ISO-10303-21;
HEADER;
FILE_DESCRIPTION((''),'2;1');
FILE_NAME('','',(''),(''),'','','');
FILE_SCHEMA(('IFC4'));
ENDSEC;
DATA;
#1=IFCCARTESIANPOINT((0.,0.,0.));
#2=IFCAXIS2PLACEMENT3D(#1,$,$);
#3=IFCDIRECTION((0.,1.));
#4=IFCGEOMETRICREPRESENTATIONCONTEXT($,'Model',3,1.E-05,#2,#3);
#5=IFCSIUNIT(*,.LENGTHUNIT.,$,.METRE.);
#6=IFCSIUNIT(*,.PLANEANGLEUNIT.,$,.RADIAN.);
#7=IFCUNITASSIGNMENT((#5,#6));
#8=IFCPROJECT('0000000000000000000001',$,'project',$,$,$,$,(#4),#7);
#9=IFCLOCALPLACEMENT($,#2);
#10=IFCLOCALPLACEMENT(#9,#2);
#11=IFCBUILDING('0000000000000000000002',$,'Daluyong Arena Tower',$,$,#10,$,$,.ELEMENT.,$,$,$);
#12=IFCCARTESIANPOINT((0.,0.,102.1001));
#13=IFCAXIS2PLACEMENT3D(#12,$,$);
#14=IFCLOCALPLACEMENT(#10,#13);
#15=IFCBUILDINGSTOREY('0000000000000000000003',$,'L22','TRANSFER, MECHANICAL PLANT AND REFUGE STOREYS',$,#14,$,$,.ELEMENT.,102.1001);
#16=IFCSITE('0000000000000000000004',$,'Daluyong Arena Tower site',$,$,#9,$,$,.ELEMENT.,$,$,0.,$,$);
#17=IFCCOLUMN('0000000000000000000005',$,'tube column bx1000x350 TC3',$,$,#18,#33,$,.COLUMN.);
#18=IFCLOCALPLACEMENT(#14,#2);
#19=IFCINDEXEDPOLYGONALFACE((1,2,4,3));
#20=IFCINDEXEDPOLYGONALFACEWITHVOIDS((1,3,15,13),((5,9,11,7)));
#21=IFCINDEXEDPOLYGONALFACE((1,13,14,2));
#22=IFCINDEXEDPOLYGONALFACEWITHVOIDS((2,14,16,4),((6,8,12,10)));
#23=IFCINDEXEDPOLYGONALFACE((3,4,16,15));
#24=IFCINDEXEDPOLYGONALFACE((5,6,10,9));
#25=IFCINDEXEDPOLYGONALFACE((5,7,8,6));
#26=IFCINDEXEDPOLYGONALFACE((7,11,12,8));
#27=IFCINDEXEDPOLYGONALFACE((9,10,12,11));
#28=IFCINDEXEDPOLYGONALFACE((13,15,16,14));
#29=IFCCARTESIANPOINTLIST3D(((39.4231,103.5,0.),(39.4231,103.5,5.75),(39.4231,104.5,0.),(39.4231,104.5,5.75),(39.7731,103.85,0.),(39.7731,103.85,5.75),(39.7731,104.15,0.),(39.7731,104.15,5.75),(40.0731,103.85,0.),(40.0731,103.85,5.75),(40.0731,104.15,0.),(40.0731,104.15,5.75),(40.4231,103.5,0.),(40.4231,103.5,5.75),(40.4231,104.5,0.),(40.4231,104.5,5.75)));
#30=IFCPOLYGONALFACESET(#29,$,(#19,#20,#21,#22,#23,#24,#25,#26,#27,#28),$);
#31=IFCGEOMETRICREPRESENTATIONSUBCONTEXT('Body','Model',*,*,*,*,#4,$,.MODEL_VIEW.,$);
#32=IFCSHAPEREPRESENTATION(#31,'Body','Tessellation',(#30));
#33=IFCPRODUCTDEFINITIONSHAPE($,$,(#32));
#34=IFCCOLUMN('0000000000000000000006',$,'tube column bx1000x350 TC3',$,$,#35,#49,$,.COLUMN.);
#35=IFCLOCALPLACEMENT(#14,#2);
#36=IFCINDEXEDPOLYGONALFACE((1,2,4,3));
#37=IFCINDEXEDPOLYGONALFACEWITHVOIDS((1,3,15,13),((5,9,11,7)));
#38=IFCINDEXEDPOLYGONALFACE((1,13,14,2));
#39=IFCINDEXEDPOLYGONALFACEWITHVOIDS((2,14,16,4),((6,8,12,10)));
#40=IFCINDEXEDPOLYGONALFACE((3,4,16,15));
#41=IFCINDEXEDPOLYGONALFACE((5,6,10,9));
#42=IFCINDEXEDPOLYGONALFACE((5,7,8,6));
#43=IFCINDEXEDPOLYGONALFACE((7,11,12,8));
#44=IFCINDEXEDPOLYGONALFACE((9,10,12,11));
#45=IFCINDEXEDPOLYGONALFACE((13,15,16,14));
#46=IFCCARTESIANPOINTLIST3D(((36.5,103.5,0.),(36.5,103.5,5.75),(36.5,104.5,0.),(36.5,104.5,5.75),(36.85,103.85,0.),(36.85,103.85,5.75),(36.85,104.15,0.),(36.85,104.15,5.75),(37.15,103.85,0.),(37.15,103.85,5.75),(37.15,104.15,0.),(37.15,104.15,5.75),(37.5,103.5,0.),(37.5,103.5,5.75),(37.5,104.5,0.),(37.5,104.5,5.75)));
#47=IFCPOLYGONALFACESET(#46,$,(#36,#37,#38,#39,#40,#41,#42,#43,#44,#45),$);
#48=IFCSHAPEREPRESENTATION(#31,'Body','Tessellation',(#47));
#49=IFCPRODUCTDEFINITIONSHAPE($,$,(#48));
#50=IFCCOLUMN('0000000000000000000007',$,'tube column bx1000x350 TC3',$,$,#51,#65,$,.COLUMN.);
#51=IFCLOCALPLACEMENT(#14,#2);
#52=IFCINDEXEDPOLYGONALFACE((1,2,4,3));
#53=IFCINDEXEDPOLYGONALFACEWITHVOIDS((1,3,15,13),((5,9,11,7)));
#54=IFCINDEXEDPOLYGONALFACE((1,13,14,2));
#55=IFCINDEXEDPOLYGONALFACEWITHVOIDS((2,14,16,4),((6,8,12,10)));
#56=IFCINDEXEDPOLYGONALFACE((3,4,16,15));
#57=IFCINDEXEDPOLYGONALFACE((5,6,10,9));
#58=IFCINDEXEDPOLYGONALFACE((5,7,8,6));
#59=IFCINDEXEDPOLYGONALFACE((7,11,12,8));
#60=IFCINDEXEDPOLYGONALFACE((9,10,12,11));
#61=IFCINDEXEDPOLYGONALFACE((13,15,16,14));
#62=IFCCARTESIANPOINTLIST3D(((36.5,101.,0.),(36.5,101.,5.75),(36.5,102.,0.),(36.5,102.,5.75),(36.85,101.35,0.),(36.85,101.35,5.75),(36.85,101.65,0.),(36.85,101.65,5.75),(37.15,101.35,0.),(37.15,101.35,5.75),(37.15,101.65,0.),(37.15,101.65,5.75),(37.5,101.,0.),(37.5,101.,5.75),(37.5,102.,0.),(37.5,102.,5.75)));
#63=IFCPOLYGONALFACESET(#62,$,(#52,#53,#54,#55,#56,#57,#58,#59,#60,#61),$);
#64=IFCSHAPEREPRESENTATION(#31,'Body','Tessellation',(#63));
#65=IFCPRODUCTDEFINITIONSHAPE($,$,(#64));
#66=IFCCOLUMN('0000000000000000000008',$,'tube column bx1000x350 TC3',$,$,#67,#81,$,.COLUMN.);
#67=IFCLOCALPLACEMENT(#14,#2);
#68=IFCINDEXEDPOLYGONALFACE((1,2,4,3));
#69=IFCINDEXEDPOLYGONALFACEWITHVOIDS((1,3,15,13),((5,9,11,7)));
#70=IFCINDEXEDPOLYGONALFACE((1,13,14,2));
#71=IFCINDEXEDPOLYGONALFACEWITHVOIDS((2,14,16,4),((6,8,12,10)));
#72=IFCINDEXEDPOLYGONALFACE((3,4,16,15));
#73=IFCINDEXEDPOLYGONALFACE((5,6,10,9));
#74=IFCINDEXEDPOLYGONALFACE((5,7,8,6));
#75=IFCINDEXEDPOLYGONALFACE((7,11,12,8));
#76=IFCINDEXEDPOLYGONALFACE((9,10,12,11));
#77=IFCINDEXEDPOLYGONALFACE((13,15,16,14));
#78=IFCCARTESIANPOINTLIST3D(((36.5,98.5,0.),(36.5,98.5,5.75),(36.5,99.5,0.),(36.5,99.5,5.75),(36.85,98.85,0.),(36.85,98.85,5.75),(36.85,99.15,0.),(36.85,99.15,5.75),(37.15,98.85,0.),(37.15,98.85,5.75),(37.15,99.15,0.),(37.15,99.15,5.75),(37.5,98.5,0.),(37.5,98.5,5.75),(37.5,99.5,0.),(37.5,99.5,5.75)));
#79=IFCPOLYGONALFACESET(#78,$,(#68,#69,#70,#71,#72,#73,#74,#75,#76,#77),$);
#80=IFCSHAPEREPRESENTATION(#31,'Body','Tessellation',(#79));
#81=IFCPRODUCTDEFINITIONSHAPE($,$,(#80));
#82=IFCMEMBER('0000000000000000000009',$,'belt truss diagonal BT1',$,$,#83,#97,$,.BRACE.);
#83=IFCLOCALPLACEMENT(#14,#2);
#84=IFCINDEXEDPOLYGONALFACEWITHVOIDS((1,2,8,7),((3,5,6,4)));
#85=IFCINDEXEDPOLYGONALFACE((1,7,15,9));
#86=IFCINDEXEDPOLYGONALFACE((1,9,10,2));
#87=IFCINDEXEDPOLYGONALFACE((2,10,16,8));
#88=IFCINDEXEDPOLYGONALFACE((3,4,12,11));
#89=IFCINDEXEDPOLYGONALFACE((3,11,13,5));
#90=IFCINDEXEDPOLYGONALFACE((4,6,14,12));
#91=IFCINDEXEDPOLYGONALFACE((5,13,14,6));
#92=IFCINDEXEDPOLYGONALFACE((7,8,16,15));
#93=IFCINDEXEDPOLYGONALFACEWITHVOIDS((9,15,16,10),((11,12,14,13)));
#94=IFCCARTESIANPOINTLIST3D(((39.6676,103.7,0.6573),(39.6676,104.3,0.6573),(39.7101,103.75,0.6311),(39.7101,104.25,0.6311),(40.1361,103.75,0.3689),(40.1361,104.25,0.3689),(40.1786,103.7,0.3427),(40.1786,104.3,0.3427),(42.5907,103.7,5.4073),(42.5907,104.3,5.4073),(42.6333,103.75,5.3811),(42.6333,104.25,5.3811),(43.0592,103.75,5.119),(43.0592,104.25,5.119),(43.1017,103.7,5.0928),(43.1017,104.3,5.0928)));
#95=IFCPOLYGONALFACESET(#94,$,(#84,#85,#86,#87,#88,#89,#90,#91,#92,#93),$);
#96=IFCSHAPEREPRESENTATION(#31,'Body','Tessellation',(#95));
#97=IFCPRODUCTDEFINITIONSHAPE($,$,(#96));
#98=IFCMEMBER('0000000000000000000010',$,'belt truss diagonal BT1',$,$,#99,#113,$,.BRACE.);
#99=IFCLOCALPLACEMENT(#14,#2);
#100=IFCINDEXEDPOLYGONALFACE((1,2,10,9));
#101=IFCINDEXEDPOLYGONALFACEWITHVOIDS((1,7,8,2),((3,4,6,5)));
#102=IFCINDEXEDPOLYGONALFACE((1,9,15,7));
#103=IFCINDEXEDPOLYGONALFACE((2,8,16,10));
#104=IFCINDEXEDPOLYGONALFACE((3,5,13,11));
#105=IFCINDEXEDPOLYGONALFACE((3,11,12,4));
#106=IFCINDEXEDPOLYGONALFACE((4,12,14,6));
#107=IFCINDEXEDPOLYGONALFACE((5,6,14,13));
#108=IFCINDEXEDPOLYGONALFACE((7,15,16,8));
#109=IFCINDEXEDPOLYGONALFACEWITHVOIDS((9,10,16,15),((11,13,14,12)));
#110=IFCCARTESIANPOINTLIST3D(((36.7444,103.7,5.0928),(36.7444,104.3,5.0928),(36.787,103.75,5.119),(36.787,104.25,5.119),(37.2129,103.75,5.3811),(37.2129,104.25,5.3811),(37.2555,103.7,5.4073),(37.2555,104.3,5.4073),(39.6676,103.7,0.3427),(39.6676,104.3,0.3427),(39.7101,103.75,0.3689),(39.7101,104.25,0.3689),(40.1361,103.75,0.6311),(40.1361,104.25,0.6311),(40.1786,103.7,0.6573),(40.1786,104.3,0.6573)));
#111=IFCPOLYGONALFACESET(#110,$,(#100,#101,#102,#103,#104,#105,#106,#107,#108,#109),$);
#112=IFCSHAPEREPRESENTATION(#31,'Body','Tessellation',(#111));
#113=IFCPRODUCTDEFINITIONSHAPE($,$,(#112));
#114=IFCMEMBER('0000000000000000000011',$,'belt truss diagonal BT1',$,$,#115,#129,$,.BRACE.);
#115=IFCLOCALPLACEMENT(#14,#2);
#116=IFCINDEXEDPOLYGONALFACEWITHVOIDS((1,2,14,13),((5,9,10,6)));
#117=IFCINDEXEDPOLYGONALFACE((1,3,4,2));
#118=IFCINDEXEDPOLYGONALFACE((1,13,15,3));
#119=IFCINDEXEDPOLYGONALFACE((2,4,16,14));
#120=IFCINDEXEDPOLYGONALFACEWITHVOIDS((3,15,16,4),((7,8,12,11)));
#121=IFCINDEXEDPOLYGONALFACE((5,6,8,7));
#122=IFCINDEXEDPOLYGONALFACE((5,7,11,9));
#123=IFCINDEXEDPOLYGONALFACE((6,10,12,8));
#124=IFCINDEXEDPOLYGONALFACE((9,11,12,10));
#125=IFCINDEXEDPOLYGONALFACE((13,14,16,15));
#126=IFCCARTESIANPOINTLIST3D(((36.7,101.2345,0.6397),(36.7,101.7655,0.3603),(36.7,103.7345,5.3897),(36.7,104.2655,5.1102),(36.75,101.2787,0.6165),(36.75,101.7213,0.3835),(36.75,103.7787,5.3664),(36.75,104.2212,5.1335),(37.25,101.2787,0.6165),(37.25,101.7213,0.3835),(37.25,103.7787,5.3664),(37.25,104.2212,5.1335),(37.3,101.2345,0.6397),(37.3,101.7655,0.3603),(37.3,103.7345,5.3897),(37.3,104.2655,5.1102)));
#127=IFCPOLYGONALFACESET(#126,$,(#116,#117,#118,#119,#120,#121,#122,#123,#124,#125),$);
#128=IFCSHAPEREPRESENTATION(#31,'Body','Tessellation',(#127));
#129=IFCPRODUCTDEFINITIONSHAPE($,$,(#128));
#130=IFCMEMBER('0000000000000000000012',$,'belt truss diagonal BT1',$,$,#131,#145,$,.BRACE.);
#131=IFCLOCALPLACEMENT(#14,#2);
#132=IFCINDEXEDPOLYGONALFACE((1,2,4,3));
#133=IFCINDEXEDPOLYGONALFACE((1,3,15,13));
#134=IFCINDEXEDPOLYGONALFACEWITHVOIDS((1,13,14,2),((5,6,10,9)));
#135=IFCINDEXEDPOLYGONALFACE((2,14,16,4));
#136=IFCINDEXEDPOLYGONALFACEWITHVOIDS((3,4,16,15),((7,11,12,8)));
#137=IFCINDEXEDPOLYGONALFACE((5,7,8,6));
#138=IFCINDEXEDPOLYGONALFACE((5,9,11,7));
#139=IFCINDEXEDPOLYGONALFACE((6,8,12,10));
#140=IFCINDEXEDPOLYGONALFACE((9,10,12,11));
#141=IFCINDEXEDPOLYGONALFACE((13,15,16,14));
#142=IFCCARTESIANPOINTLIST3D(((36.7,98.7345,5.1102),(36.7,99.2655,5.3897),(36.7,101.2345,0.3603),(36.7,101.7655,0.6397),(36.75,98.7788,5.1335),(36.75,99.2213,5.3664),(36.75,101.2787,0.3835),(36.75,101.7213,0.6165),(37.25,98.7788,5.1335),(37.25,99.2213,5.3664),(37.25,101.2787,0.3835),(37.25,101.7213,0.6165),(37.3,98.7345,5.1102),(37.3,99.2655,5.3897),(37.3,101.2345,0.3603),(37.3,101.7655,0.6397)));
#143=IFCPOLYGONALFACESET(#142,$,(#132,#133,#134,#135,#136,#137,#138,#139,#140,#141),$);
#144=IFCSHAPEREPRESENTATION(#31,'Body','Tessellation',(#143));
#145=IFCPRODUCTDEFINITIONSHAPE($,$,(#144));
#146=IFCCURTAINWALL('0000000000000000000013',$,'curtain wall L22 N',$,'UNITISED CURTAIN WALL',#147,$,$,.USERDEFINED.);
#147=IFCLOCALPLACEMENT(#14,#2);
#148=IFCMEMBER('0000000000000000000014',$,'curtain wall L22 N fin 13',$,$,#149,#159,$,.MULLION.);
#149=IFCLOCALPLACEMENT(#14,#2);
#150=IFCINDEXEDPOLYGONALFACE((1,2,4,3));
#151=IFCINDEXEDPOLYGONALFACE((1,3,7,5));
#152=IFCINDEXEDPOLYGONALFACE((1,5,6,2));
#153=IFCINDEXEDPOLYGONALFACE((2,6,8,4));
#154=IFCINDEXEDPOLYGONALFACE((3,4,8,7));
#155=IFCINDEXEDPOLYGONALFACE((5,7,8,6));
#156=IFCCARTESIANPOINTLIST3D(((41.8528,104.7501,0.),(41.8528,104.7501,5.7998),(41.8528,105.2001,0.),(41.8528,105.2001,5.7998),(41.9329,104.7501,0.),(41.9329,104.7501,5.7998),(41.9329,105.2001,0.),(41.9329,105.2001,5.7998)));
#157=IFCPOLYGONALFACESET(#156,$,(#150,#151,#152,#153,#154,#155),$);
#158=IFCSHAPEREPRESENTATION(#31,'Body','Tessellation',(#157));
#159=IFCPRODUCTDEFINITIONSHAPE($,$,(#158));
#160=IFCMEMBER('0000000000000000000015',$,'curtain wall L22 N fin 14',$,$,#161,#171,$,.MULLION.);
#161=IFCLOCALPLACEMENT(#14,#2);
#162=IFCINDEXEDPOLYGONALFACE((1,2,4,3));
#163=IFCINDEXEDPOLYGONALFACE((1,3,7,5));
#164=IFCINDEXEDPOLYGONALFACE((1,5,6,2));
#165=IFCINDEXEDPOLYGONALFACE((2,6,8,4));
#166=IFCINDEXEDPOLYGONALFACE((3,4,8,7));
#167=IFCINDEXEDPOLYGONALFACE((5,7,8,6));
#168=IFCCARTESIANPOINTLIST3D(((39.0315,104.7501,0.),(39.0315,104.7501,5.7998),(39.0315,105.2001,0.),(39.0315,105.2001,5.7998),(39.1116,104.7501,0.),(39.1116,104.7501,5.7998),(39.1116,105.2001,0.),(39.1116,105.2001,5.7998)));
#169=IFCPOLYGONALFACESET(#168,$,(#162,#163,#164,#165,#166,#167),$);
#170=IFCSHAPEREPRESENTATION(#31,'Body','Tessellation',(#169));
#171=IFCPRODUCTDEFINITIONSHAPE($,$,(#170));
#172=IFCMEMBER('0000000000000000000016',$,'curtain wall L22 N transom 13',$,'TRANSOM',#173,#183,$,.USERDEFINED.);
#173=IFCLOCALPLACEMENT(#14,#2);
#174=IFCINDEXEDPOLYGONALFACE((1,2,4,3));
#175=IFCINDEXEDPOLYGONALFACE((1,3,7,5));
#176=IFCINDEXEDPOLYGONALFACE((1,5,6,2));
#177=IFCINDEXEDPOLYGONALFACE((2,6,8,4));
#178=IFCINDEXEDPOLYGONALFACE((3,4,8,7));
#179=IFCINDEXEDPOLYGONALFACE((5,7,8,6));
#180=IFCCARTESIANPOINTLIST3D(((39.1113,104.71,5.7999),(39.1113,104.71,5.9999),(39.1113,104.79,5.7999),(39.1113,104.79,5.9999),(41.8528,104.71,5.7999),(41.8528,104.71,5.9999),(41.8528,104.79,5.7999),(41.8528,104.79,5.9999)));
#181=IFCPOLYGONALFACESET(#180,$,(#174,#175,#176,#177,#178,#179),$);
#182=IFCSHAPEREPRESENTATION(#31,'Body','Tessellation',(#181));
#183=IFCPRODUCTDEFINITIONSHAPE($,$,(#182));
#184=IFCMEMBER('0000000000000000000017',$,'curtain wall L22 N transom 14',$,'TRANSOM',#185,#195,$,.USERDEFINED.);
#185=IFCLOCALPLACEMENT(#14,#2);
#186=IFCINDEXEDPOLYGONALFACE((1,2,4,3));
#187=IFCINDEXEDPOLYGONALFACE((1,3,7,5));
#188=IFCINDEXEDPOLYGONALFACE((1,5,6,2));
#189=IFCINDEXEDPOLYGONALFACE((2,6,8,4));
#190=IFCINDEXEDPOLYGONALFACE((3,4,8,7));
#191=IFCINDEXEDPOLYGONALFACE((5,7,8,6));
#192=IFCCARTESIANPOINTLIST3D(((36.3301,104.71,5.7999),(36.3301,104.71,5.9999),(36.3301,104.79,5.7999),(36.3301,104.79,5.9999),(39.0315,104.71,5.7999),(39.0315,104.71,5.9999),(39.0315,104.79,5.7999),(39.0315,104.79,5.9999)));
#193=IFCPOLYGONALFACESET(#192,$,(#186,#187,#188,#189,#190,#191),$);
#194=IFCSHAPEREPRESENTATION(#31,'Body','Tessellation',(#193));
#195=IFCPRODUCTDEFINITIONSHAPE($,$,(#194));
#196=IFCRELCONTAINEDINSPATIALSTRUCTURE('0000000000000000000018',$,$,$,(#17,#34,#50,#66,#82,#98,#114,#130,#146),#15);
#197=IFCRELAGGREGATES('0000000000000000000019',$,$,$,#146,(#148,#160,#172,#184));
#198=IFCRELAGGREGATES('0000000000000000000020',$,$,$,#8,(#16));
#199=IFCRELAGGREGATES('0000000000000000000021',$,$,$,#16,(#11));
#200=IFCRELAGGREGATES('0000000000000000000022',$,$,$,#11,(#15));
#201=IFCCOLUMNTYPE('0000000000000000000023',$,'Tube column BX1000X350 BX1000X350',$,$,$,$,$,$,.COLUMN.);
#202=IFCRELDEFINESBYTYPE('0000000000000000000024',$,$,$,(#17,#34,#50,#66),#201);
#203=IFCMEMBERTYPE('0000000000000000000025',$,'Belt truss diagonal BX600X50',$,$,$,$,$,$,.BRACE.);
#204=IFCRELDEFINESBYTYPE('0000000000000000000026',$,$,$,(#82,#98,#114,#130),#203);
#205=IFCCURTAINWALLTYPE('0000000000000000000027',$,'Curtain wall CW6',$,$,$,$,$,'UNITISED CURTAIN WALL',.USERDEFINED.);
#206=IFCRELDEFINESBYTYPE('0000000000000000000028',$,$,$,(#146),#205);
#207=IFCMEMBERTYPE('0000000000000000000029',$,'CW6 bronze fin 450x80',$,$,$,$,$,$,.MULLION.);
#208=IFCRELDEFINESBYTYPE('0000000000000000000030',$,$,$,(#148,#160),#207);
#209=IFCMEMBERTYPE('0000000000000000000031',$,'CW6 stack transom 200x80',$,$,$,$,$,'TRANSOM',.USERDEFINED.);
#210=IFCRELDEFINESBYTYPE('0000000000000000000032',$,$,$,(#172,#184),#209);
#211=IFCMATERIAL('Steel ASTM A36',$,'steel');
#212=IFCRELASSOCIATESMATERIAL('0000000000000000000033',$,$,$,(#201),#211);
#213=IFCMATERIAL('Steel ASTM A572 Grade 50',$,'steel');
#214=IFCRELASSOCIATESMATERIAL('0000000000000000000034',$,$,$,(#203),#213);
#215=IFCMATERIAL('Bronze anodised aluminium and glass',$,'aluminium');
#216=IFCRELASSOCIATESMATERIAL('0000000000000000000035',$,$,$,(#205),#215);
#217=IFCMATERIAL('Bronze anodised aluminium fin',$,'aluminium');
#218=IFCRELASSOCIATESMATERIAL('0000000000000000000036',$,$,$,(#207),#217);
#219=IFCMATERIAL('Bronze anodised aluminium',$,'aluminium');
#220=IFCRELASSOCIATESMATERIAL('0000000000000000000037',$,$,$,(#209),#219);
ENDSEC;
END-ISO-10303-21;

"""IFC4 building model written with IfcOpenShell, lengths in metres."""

from ifc_helpers import new_model, si_unit, direction, frame, origin, origin_2d, place, context, subcontext, project, spatial, rectangle, hollow_rectangle, extrude, material, material_profile, profile_set, type_object, element, aggregate, save


model = new_model("IFC4")

# Units and contexts
model_context = context("Model", 3, precision=1e-05, world=origin(), true_north=direction((0.0, 1.0)))
body_context = subcontext(model_context, "Body", "Model", "MODEL_VIEW")
ifc_project = project(units=[si_unit("LENGTHUNIT", "METRE"), si_unit("PLANEANGLEUNIT", "RADIAN")], contexts=[model_context])

# Site, building, storey
site_placement = place(None, origin())
site = spatial("IfcSite", under=ifc_project, at=site_placement, Name="Daluyong Arena Tower site", CompositionType="ELEMENT", RefElevation=0.0)
building_placement = place(site_placement, origin())
building = spatial("IfcBuilding", under=site, at=building_placement, Name="Daluyong Arena Tower", CompositionType="ELEMENT")
storey_placement = place(building_placement, frame((0.0, 0.0, 102.1001)))
storey = spatial("IfcBuildingStorey", under=building, at=storey_placement, Name="L22", Description="TRANSFER, MECHANICAL PLANT AND REFUGE STOREYS", CompositionType="ELEMENT", Elevation=102.1001)

# Columns
ifc_material_1 = material(Name="Steel ASTM A36", Category="steel")
ifc_material_profile_1 = material_profile(ifc_material_1, hollow_rectangle(XDim=1.0, YDim=1.0, WallThickness=0.35, at=origin_2d()))
ifc_profile_set_1 = profile_set([ifc_material_profile_1], Name="Steel ASTM A36")
column_type = type_object("IfcColumnType", Name="Tube column BX1000X350 BX1000X350", PredefinedType="COLUMN", material=ifc_profile_set_1)
for number, where, z_axis, x_axis, name in (
    (1, (39.9231, 104.0, 0.0), (0.0, 0.0, 1.0), (1.0, 0.0, 0.0), "tube column bx1000x350 TC3"),
    (2, (37.0, 104.0, 0.0), (0.0, 0.0, 1.0), (0.0, 1.0, 0.0), "tube column bx1000x350 TC3"),
    (3, (37.0, 101.5, 0.0), (0.0, 0.0, 1.0), (0.0, 1.0, 0.0), "tube column bx1000x350 TC3"),
    (4, (37.0, 99.0, 0.0), (0.0, 0.0, 1.0), (1.0, 0.0, 0.0), "tube column bx1000x350 TC3"),
):
    element("IfcColumn", number, at=place(storey_placement, frame(where, z_axis=z_axis, x_axis=x_axis)), inside=storey, type_object=column_type, Name=name, PredefinedType="COLUMN", context=body_context, shape_type="SweptSolid", body=[
        extrude(hollow_rectangle(XDim=1.0, YDim=1.0, WallThickness=0.35, at=origin_2d()), origin(), (0.0, 0.0, 1.0), 5.75),
    ])

# Members
ifc_material_2 = material(Name="Steel ASTM A572 Grade 50", Category="steel")
ifc_material_profile_2 = material_profile(ifc_material_2, hollow_rectangle(XDim=0.6001, YDim=0.6001, WallThickness=0.05, at=origin_2d()))
ifc_profile_set_2 = profile_set([ifc_material_profile_2], Name="Steel ASTM A572 Grade 50")
member_type_1 = type_object("IfcMemberType", Name="Belt truss diagonal BX600X50", PredefinedType="BRACE", material=ifc_profile_set_2)
for number, where, z_axis, x_axis, name in (
    (5, (39.9231, 104.0, 0.5), (0.5241, 0.0, 0.851657), (0.0, 1.0, 0.0), "belt truss diagonal BT1"),
    (6, (39.9231, 104.0, 0.5), (-0.5241, 0.0, 0.851657), (0.0, -1.0, 0.0), "belt truss diagonal BT1"),
):
    element("IfcMember", number, at=place(storey_placement, frame(where, z_axis=z_axis, x_axis=x_axis)), inside=storey, type_object=member_type_1, Name=name, PredefinedType="BRACE", context=body_context, shape_type="SweptSolid", body=[
        extrude(hollow_rectangle(XDim=0.6001, YDim=0.6001, WallThickness=0.05, at=origin_2d()), origin(), (0.0, 0.0, 1.0), 5.5774),
    ])
for number, where, z_axis, x_axis, name in (
    (7, (37.0, 101.5, 0.5), (0.0, 0.465746, 0.884918), (-1.0, 0.0, 0.0), "belt truss diagonal BT1"),
    (8, (37.0, 101.5, 0.5), (0.0, -0.465746, 0.884918), (1.0, 0.0, 0.0), "belt truss diagonal BT1"),
):
    element("IfcMember", number, at=place(storey_placement, frame(where, z_axis=z_axis, x_axis=x_axis)), inside=storey, type_object=member_type_1, Name=name, PredefinedType="BRACE", context=body_context, shape_type="SweptSolid", body=[
        extrude(hollow_rectangle(XDim=0.6001, YDim=0.6001, WallThickness=0.05, at=origin_2d()), origin(), (0.0, 0.0, 1.0), 5.3677),
    ])

# Curtain wall, members
ifc_material_3 = material(Name="Bronze anodised aluminium and glass", Category="aluminium")
curtain_wall_type = type_object("IfcCurtainWallType", Name="Curtain wall CW6", ElementType="UNITISED CURTAIN WALL", PredefinedType="USERDEFINED", material=ifc_material_3)
curtain_wall_placement = place(storey_placement, origin())
curtain_wall = element("IfcCurtainWall", 9, at=curtain_wall_placement, inside=storey, type_object=curtain_wall_type, Name="curtain wall L22 N", ObjectType="UNITISED CURTAIN WALL", PredefinedType="USERDEFINED")
ifc_material_4 = material(Name="Bronze anodised aluminium fin", Category="aluminium")
ifc_material_profile_3 = material_profile(ifc_material_4, rectangle(XDim=0.45, YDim=0.0801, at=origin_2d()))
ifc_profile_set_3 = profile_set([ifc_material_profile_3], Name="Bronze anodised aluminium fin")
member_type_2 = type_object("IfcMemberType", Name="CW6 bronze fin 450x80", PredefinedType="MULLION", material=ifc_profile_set_3)
member_1_placement = place(storey_placement, frame((41.8928, 104.9751, 0.0), z_axis=(0.0, 0.0, 1.0), x_axis=(0.0, -1.0, 0.0)))
member_1 = element("IfcMember", 10, at=member_1_placement, type_object=member_type_2, Name="curtain wall L22 N fin 13", PredefinedType="MULLION", context=body_context, shape_type="SweptSolid", body=[
    extrude(rectangle(XDim=0.45, YDim=0.0801, at=origin_2d()), origin(), (0.0, 0.0, 1.0), 5.7998),
])
member_2_placement = place(storey_placement, frame((39.0715, 104.9751, 0.0), z_axis=(0.0, 0.0, 1.0), x_axis=(0.0, -1.0, 0.0)))
member_2 = element("IfcMember", 11, at=member_2_placement, type_object=member_type_2, Name="curtain wall L22 N fin 14", PredefinedType="MULLION", context=body_context, shape_type="SweptSolid", body=[
    extrude(rectangle(XDim=0.45, YDim=0.0801, at=origin_2d()), origin(), (0.0, 0.0, 1.0), 5.7998),
])
ifc_material_5 = material(Name="Bronze anodised aluminium", Category="aluminium")
ifc_material_profile_4 = material_profile(ifc_material_5, rectangle(XDim=0.0801, YDim=0.2, at=origin_2d()))
ifc_profile_set_4 = profile_set([ifc_material_profile_4], Name="Bronze anodised aluminium")
member_type_3 = type_object("IfcMemberType", Name="CW6 stack transom 200x80", ElementType="TRANSOM", PredefinedType="USERDEFINED", material=ifc_profile_set_4)
member_3_placement = place(storey_placement, frame((41.8528, 104.75, 5.8999), z_axis=(-1.0, 0.0, 0.0), x_axis=(0.0, -1.0, 0.0)))
member_3 = element("IfcMember", 12, at=member_3_placement, type_object=member_type_3, Name="curtain wall L22 N transom 13", ObjectType="TRANSOM", PredefinedType="USERDEFINED", context=body_context, shape_type="SweptSolid", body=[
    extrude(rectangle(XDim=0.0801, YDim=0.2, at=origin_2d()), origin(), (0.0, 0.0, 1.0), 2.7415),
])
member_4_placement = place(storey_placement, frame((39.0315, 104.75, 5.8999), z_axis=(-1.0, 0.0, 0.0), x_axis=(0.0, -1.0, 0.0)))
member_4 = element("IfcMember", 13, at=member_4_placement, type_object=member_type_3, Name="curtain wall L22 N transom 14", ObjectType="TRANSOM", PredefinedType="USERDEFINED", context=body_context, shape_type="SweptSolid", body=[
    extrude(rectangle(XDim=0.0801, YDim=0.2, at=origin_2d()), origin(), (0.0, 0.0, 1.0), 2.7014),
])

aggregate(curtain_wall, [member_1, member_2, member_3, member_4])

save(model, "model.ifc")
